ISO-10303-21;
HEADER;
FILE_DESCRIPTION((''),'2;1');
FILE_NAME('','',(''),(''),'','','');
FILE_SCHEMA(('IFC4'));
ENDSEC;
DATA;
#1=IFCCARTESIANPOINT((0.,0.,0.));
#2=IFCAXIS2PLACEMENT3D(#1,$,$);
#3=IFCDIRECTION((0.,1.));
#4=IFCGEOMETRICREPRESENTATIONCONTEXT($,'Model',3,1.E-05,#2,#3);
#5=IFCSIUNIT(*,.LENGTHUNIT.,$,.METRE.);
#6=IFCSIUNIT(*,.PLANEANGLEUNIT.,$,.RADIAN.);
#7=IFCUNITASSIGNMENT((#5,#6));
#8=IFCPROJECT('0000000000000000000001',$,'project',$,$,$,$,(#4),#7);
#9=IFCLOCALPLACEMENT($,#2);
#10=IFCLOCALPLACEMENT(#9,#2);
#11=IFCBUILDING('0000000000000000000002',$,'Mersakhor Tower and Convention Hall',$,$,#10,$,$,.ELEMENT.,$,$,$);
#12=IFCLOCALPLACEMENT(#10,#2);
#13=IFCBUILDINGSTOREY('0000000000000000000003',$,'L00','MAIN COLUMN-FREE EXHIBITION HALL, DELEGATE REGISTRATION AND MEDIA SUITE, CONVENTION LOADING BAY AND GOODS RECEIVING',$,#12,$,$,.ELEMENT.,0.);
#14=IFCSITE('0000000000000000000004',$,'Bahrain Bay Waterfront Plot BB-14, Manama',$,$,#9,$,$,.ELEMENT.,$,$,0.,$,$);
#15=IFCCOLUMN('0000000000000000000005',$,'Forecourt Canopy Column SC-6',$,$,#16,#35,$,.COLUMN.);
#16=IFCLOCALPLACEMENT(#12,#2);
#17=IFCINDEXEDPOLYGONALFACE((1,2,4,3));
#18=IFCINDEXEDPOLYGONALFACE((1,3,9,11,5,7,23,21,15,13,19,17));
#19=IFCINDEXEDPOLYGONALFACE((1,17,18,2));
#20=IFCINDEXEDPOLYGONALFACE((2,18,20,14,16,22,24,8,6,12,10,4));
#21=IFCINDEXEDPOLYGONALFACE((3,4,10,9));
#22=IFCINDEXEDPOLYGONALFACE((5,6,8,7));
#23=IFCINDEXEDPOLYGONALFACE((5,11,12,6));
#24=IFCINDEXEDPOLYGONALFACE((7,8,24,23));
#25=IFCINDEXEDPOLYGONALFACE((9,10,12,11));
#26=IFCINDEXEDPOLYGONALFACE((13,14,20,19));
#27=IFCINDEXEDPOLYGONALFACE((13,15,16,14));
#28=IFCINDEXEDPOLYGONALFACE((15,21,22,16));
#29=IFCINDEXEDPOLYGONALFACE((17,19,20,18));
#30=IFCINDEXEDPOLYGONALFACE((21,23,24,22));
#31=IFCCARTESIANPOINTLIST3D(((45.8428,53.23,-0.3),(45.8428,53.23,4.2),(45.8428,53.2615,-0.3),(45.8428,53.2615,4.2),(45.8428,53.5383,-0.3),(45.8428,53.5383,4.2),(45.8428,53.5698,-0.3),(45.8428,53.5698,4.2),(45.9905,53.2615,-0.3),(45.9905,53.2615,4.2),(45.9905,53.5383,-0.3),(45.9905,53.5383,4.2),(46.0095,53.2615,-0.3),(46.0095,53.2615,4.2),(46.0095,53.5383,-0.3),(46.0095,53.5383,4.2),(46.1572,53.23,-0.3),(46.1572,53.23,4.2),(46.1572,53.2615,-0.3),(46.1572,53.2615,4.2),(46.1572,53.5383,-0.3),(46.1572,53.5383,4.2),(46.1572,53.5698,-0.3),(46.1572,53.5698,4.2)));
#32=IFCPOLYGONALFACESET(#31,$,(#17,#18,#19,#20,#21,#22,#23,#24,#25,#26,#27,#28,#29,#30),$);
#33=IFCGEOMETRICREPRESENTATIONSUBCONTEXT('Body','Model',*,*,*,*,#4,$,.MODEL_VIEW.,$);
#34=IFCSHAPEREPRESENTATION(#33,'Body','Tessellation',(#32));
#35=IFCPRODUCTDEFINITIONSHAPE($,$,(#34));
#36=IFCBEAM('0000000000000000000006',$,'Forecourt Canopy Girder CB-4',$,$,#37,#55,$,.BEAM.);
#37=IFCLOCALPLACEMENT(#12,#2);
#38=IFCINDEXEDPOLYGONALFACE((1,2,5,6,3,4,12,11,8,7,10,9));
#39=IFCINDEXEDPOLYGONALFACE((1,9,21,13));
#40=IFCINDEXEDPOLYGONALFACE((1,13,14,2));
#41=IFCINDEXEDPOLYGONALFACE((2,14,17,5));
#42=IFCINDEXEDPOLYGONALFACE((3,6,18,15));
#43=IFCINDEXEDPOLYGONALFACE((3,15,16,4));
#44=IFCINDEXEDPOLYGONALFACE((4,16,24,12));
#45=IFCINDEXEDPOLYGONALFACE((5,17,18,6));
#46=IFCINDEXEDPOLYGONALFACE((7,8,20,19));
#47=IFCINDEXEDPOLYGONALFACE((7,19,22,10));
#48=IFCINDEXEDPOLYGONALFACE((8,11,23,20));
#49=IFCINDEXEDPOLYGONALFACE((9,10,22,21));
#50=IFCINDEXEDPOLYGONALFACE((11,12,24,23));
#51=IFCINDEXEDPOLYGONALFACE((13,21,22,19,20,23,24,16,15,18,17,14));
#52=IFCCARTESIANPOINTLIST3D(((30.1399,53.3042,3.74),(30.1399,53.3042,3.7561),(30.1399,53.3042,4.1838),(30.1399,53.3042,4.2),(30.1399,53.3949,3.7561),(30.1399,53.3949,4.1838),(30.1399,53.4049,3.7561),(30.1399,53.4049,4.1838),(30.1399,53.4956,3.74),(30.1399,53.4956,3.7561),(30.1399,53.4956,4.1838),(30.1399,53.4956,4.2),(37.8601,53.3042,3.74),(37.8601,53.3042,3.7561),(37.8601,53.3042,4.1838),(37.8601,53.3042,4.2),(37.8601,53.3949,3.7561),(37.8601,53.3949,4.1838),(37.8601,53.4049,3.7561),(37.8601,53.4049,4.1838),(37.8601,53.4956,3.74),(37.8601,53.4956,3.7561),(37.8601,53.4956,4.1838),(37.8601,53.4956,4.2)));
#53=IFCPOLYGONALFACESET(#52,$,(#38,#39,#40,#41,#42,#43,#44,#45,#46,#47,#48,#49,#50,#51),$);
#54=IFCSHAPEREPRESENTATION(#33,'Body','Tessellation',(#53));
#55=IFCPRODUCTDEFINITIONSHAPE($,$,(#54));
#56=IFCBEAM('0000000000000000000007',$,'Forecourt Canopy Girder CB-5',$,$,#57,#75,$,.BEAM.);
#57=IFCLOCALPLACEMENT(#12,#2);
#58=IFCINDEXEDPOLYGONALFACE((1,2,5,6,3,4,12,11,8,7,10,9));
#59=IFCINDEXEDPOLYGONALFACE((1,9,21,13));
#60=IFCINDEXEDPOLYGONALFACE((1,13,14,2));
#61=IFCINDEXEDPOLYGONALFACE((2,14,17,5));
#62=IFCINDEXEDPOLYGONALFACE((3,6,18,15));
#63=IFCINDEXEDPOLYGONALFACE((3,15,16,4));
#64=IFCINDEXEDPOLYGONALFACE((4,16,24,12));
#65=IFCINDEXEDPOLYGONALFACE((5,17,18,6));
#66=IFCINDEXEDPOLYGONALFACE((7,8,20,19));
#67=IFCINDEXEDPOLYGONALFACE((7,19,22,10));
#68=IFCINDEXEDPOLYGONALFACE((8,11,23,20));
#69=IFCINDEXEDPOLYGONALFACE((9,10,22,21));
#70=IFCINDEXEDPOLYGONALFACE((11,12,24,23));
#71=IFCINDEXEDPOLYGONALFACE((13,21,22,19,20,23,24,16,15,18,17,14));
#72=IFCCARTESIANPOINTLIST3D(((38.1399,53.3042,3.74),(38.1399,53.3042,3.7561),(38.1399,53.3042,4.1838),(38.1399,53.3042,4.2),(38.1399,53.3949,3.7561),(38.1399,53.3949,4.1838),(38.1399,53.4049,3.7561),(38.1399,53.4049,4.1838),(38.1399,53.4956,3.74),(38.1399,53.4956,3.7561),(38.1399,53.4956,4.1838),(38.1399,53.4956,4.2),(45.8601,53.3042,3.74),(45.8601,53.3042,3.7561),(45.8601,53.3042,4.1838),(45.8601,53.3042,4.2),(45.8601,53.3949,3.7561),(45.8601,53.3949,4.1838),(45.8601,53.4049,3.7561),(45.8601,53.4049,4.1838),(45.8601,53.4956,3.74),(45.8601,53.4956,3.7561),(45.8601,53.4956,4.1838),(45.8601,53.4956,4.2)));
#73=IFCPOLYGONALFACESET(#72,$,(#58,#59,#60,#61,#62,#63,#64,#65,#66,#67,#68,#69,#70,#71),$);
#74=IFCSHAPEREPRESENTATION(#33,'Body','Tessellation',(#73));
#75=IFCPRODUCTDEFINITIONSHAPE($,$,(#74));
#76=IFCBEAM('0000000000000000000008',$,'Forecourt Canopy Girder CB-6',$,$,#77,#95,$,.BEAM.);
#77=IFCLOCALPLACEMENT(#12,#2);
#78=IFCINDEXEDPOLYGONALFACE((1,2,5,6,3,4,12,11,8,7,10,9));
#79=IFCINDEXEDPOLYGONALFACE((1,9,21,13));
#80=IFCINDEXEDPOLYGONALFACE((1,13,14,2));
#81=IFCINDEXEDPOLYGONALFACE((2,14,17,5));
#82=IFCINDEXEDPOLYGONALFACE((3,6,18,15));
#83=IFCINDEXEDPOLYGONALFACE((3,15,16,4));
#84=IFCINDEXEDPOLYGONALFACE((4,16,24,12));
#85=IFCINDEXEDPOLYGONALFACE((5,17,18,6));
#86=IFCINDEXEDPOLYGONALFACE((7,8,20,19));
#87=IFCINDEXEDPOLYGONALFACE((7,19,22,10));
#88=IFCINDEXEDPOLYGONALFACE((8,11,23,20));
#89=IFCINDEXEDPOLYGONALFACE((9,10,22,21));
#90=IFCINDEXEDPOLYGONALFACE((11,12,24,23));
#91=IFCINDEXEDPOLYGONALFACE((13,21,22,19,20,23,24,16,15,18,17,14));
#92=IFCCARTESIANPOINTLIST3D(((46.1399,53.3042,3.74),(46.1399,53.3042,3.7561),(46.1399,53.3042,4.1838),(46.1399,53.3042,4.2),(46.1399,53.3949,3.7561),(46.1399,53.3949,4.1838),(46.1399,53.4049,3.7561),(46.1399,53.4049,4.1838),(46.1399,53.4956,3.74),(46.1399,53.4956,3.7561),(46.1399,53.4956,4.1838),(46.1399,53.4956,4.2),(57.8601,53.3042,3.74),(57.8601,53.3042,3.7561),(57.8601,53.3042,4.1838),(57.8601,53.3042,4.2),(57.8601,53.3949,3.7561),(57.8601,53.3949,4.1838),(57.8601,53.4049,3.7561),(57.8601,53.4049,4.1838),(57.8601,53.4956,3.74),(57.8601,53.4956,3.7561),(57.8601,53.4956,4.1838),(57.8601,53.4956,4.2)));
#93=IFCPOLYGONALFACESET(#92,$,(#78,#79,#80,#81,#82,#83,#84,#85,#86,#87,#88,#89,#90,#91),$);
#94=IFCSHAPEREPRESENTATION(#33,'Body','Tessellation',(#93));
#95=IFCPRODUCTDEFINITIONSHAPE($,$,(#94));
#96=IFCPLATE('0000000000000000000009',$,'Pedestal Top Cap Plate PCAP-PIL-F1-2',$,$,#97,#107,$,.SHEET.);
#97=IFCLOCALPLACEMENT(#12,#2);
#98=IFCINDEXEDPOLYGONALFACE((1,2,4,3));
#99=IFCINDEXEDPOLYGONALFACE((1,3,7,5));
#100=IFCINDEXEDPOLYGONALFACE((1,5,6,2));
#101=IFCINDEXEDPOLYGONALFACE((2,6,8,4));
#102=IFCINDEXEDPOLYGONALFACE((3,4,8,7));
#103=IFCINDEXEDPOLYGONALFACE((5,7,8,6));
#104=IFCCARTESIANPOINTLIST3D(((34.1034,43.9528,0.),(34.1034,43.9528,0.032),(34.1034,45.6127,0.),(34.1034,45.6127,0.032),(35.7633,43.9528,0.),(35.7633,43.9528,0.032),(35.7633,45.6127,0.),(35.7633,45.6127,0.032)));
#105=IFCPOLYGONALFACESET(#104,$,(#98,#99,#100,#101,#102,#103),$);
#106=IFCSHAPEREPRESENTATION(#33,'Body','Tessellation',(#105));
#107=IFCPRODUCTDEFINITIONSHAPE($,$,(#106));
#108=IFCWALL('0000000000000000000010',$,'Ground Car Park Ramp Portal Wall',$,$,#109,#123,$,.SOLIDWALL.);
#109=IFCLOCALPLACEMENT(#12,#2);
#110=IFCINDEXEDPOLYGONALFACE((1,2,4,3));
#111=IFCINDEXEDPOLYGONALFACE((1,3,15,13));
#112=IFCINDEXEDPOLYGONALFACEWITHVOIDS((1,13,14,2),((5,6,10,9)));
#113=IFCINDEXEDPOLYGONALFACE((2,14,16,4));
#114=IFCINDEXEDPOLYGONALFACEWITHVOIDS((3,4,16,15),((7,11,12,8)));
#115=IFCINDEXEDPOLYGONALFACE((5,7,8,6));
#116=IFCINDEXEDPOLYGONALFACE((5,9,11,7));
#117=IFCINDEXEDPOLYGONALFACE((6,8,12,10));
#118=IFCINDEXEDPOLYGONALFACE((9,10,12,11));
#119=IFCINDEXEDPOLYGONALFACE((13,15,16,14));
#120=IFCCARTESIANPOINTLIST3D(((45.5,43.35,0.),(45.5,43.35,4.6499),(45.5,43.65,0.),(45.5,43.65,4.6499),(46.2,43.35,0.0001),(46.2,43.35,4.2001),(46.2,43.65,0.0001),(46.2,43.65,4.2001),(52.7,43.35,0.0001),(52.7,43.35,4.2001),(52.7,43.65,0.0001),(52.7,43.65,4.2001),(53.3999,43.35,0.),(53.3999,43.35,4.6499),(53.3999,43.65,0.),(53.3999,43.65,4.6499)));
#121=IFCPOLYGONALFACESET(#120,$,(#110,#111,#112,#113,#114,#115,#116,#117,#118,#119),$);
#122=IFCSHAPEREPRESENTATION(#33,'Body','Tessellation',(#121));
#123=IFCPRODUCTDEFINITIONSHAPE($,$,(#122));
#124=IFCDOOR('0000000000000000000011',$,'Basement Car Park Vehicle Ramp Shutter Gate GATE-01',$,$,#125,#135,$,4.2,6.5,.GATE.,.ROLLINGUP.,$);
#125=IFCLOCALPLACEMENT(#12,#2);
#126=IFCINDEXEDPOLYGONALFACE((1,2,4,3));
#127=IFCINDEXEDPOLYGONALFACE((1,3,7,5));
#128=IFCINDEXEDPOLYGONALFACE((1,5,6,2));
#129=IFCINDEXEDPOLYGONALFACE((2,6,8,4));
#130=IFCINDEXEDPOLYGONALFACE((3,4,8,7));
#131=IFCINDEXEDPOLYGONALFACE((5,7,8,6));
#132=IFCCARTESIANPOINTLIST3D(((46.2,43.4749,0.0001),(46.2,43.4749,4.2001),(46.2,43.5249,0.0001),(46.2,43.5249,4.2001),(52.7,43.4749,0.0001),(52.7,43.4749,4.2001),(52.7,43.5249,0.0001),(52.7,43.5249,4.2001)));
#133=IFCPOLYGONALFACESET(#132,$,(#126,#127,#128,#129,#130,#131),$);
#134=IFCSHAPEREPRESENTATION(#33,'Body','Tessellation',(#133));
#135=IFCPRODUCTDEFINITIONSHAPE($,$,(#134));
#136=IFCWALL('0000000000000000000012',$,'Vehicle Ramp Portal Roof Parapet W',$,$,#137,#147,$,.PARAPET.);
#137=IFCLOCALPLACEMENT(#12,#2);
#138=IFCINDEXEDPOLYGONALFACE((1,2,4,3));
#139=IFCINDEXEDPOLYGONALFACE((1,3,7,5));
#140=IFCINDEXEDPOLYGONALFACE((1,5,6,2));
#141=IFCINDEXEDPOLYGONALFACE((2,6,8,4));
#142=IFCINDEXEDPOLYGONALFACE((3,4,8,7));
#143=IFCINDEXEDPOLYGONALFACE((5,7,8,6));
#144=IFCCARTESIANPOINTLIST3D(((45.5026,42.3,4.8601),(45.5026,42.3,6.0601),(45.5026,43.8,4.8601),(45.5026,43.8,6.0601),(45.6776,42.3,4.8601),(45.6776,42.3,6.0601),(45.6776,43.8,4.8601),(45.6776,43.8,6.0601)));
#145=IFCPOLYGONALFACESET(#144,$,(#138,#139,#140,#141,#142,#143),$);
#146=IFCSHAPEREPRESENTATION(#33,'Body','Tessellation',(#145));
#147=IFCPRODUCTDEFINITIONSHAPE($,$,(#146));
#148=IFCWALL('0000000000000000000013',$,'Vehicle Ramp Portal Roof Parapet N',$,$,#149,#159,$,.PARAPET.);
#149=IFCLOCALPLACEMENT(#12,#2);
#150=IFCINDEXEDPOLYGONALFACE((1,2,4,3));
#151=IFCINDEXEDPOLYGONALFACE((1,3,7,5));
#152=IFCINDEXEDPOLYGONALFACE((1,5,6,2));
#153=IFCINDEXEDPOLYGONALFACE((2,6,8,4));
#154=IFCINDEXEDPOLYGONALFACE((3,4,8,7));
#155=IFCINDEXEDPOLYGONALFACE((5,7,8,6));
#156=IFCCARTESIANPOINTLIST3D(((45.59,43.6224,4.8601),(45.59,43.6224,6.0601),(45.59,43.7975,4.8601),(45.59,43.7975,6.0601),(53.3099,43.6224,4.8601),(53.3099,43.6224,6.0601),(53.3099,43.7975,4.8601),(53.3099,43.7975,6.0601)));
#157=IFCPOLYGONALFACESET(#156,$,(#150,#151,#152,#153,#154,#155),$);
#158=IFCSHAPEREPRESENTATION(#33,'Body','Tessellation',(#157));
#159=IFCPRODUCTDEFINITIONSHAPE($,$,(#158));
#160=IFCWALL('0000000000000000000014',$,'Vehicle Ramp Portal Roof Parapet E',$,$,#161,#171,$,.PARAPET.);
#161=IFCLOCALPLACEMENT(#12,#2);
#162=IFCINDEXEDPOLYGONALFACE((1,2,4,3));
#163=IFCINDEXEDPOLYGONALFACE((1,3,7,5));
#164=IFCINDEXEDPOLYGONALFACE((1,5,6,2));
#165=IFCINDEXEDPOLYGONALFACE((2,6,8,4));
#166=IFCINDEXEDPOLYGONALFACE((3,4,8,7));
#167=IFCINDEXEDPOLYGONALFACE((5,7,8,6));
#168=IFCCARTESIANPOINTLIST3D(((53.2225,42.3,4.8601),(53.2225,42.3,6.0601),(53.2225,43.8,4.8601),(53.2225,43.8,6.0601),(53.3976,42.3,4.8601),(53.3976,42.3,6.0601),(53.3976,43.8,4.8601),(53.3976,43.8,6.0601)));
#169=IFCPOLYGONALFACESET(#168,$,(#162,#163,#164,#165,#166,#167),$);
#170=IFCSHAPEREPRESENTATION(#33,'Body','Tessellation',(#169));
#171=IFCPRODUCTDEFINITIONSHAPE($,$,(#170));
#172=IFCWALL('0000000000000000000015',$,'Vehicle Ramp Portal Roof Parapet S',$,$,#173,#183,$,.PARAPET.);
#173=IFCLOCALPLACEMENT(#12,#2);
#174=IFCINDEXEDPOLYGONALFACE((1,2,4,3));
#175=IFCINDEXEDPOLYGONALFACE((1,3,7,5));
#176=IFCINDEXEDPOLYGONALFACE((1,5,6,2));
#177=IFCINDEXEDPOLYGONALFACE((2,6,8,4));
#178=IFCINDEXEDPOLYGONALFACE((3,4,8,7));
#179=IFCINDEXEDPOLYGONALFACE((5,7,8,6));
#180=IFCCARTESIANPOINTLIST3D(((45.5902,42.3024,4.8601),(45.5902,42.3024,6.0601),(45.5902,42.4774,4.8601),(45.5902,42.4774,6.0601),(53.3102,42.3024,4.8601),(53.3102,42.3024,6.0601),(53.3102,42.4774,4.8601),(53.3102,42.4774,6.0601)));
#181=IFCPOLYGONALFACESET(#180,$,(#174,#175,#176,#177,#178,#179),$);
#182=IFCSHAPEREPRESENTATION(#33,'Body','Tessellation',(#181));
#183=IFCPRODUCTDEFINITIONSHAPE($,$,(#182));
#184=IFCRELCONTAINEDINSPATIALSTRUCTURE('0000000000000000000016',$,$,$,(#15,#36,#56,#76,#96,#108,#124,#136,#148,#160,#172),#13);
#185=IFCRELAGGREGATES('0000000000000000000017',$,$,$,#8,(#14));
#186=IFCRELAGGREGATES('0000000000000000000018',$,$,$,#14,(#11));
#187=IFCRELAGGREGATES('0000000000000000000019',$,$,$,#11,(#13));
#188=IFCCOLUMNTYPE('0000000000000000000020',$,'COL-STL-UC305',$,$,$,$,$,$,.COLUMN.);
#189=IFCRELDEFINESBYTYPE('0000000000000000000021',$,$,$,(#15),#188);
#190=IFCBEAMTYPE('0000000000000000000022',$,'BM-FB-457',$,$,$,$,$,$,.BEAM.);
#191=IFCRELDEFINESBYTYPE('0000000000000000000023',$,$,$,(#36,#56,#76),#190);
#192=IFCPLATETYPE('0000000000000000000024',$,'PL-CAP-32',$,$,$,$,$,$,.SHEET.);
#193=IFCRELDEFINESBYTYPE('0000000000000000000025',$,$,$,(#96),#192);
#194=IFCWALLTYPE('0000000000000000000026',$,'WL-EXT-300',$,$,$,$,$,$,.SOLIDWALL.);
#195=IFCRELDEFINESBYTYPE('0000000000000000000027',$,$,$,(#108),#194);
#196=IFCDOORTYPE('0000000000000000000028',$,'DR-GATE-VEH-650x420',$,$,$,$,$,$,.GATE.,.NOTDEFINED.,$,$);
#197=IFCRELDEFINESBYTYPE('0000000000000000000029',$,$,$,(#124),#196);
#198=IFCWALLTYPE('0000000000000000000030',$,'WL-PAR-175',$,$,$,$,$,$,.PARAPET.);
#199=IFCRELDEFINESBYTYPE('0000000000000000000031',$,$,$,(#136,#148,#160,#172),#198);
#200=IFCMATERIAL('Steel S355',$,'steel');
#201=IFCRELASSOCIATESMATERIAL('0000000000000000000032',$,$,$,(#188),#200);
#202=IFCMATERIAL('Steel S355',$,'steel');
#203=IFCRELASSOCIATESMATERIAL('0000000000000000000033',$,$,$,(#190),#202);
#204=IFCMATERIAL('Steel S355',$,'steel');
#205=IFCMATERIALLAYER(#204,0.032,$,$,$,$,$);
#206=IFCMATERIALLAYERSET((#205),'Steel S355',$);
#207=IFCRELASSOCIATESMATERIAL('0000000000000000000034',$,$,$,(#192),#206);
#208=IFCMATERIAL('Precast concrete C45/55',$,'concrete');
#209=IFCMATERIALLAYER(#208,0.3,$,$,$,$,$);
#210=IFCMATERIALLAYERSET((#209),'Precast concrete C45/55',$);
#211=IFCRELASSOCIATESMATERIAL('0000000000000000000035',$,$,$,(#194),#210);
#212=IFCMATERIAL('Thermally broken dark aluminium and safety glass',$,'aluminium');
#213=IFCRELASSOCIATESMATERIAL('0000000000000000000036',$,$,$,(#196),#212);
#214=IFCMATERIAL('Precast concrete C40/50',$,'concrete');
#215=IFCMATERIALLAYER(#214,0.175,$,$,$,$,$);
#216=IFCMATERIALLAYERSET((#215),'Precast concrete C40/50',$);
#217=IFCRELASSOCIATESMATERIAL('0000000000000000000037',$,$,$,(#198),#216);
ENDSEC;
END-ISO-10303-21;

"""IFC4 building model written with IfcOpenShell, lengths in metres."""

from ifc_helpers import new_model, si_unit, direction, frame, frame_2d, origin, origin_2d, place, context, subcontext, project, spatial, rectangle, i_section, extrude, material, layer, layer_set, material_profile, profile_set, type_object, element, fill, save


model = new_model("IFC4")

# Units and contexts
model_context = context("Model", 3, precision=1e-05, world=origin(), true_north=direction((0.0, 1.0)))
body_context = subcontext(model_context, "Body", "Model", "MODEL_VIEW")
ifc_project = project(units=[si_unit("LENGTHUNIT", "METRE"), si_unit("PLANEANGLEUNIT", "RADIAN")], contexts=[model_context])

# Site, building, storey
site_placement = place(None, origin())
site = spatial("IfcSite", under=ifc_project, at=site_placement, Name="Bahrain Bay Waterfront Plot BB-14, Manama", CompositionType="ELEMENT", RefElevation=0.0)
building_placement = place(site_placement, origin())
building = spatial("IfcBuilding", under=site, at=building_placement, Name="Mersakhor Tower and Convention Hall", CompositionType="ELEMENT")
storey_placement = place(building_placement, origin())
storey = spatial("IfcBuildingStorey", under=building, at=storey_placement, Name="L00", Description="MAIN COLUMN-FREE EXHIBITION HALL, DELEGATE REGISTRATION AND MEDIA SUITE, CONVENTION LOADING BAY AND GOODS RECEIVING", CompositionType="ELEMENT", Elevation=0.0)

# Column
ifc_material_1 = material(Name="Steel S355", Category="steel")
ifc_material_profile_1 = material_profile(ifc_material_1, i_section(OverallWidth=0.3145, OverallDepth=0.3398, WebThickness=0.019, FlangeThickness=0.0315, at=origin_2d()), Name="UC 305x305x198")
ifc_profile_set_1 = profile_set([ifc_material_profile_1], Name="Steel S355")
column_type_1 = type_object("IfcColumnType", Name="COL-STL-UC305", PredefinedType="COLUMN", material=ifc_profile_set_1)
for number, where, z_axis, x_axis, name in (
    (1, (46.0, 53.3999, -0.3), (0.0, 0.0, 1.0), (1.0, 0.0, 0.0), "Forecourt Canopy Column SC-6"),
):
    element("IfcColumn", number, at=place(storey_placement, frame(where, z_axis=z_axis, x_axis=x_axis)), inside=storey, type_object=column_type_1, Name=name, PredefinedType="COLUMN", context=body_context, shape_type="SweptSolid", body=[
        extrude(i_section(OverallWidth=0.3145, OverallDepth=0.3398, WebThickness=0.019, FlangeThickness=0.0315, at=origin_2d()), origin(), (0.0, 0.0, 1.0), 4.5),
    ])

# Beams
ifc_material_2 = material(Name="Steel S355", Category="steel")
ifc_material_profile_2 = material_profile(ifc_material_2, i_section(OverallWidth=0.1914, OverallDepth=0.46, WebThickness=0.01, FlangeThickness=0.0161, at=origin_2d()), Name="UB 457x191x82")
ifc_profile_set_2 = profile_set([ifc_material_profile_2], Name="Steel S355")
beam_type = type_object("IfcBeamType", Name="BM-FB-457", PredefinedType="BEAM", material=ifc_profile_set_2)
for number, where, z_axis, x_axis, name in (
    (2, (30.1399, 53.3999, 3.97), (1.0, 0.0, 0.0), (0.0, 1.0, 0.0), "Forecourt Canopy Girder CB-4"),
    (3, (38.1399, 53.3999, 3.97), (1.0, 0.0, 0.0), (0.0, 1.0, 0.0), "Forecourt Canopy Girder CB-5"),
):
    element("IfcBeam", number, at=place(storey_placement, frame(where, z_axis=z_axis, x_axis=x_axis)), inside=storey, type_object=beam_type, Name=name, PredefinedType="BEAM", context=body_context, shape_type="SweptSolid", body=[
        extrude(i_section(OverallWidth=0.1914, OverallDepth=0.46, WebThickness=0.01, FlangeThickness=0.0161, at=origin_2d()), origin(), (0.0, 0.0, 1.0), 7.7202),
    ])
beam_placement = place(storey_placement, frame((46.1399, 53.3999, 3.97), z_axis=(1.0, 0.0, 0.0), x_axis=(0.0, 1.0, 0.0)))
element("IfcBeam", 4, at=beam_placement, inside=storey, type_object=beam_type, Name="Forecourt Canopy Girder CB-6", PredefinedType="BEAM", context=body_context, shape_type="SweptSolid", body=[
    extrude(i_section(OverallWidth=0.1914, OverallDepth=0.46, WebThickness=0.01, FlangeThickness=0.0161, at=origin_2d()), origin(), (0.0, 0.0, 1.0), 11.7202),
])

# Plate
ifc_material_3 = material(Name="Steel S355", Category="steel")
ifc_layer_1 = layer(ifc_material_3, 0.032)
ifc_layer_set_1 = layer_set([ifc_layer_1], Name="Steel S355")
plate_type = type_object("IfcPlateType", Name="PL-CAP-32", PredefinedType="SHEET", material=ifc_layer_set_1)
plate_placement = place(storey_placement, frame((34.9333, 44.7827, 0.0), z_axis=(0.0, 0.0, 1.0), x_axis=(1.0, 0.0, 0.0)))
element("IfcPlate", 5, at=plate_placement, inside=storey, type_object=plate_type, Name="Pedestal Top Cap Plate PCAP-PIL-F1-2", PredefinedType="SHEET", context=body_context, shape_type="SweptSolid", body=[
    extrude(rectangle(XDim=1.6599, YDim=1.6599, at=origin_2d()), origin(), (0.0, 0.0, 1.0), 0.032),
])

# Wall, opening, door
ifc_material_4 = material(Name="Precast concrete C45/55", Category="concrete")
ifc_layer_2 = layer(ifc_material_4, 0.3)
ifc_layer_set_2 = layer_set([ifc_layer_2], Name="Precast concrete C45/55")
wall_type_1 = type_object("IfcWallType", Name="WL-EXT-300", PredefinedType="SOLIDWALL", material=ifc_layer_set_2)
wall_1_placement = place(storey_placement, frame((45.5, 43.5, 0.0), z_axis=(0.0, 0.0, 1.0), x_axis=(1.0, 0.0, 0.0)))
wall_1 = element("IfcWall", 6, at=wall_1_placement, inside=storey, type_object=wall_type_1, Name="Ground Car Park Ramp Portal Wall", PredefinedType="SOLIDWALL", context=body_context, shape_type="SweptSolid", body=[
    extrude(rectangle(XDim=7.8999, YDim=0.3, at=frame_2d((3.95, 0.0))), origin(), (0.0, 0.0, 1.0), 4.6499),
])
opening_placement = place(wall_1_placement, frame((0.7, 0.0, 0.0)))
opening = element("IfcOpeningElement", 7, at=opening_placement, cuts=wall_1, PredefinedType="OPENING", context=body_context, shape_type="SweptSolid", body=[
    extrude(rectangle(XDim=6.5, YDim=4.2, at=frame_2d((3.25, 2.1001))), frame((0.0, 0.1599, 0.0), z_axis=(0.0, -1.0, 0.0), x_axis=(1.0, 0.0, 0.0)), (0.0, 0.0, 1.0), 0.3201),
])
ifc_material_5 = material(Name="Thermally broken dark aluminium and safety glass", Category="aluminium")
door_type = type_object("IfcDoorType", Name="DR-GATE-VEH-650x420", OperationType="NOTDEFINED", PredefinedType="GATE", material=ifc_material_5)
door_placement = place(opening_placement, origin())
door = element("IfcDoor", 8, at=door_placement, inside=storey, type_object=door_type, Name="Basement Car Park Vehicle Ramp Shutter Gate GATE-01", OperationType="ROLLINGUP", OverallHeight=4.2, OverallWidth=6.5, PredefinedType="GATE", context=body_context, shape_type="SweptSolid", body=[
    extrude(rectangle(XDim=6.5, YDim=4.2, at=frame_2d((3.25, 2.1001))), frame((0.0, 0.0249, 0.0), z_axis=(0.0, -1.0, 0.0), x_axis=(1.0, 0.0, 0.0)), (0.0, 0.0, 1.0), 0.05),
])
fill(opening, door)

# Walls
ifc_material_6 = material(Name="Precast concrete C40/50", Category="concrete")
ifc_layer_3 = layer(ifc_material_6, 0.175)
ifc_layer_set_3 = layer_set([ifc_layer_3], Name="Precast concrete C40/50")
wall_type_2 = type_object("IfcWallType", Name="WL-PAR-175", PredefinedType="PARAPET", material=ifc_layer_set_3)
wall_2_placement = place(storey_placement, frame((45.5901, 42.3, 4.8601), z_axis=(0.0, 0.0, 1.0), x_axis=(0.0, 1.0, 0.0)))
element("IfcWall", 9, at=wall_2_placement, inside=storey, type_object=wall_type_2, Name="Vehicle Ramp Portal Roof Parapet W", PredefinedType="PARAPET", context=body_context, shape_type="SweptSolid", body=[
    extrude(rectangle(XDim=1.5, YDim=0.175, at=frame_2d((0.75, 0.0))), origin(), (0.0, 0.0, 1.0), 1.2),
])
wall_3_placement = place(storey_placement, frame((45.5901, 43.71, 4.8601), z_axis=(0.0, 0.0, 1.0), x_axis=(1.0, 0.0, 0.0)))
element("IfcWall", 10, at=wall_3_placement, inside=storey, type_object=wall_type_2, Name="Vehicle Ramp Portal Roof Parapet N", PredefinedType="PARAPET", context=body_context, shape_type="SweptSolid", body=[
    extrude(rectangle(XDim=7.72, YDim=0.175, at=frame_2d((3.8599, 0.0))), origin(), (0.0, 0.0, 1.0), 1.2),
])
wall_4_placement = place(storey_placement, frame((53.3101, 43.8, 4.8601), z_axis=(0.0, 0.0, 1.0), x_axis=(0.0, -1.0, 0.0)))
element("IfcWall", 11, at=wall_4_placement, inside=storey, type_object=wall_type_2, Name="Vehicle Ramp Portal Roof Parapet E", PredefinedType="PARAPET", context=body_context, shape_type="SweptSolid", body=[
    extrude(rectangle(XDim=1.5, YDim=0.175, at=frame_2d((0.75, 0.0))), origin(), (0.0, 0.0, 1.0), 1.2),
])
wall_5_placement = place(storey_placement, frame((53.3101, 42.3899, 4.8601), z_axis=(0.0, 0.0, 1.0), x_axis=(-1.0, 0.0, 0.0)))
element("IfcWall", 12, at=wall_5_placement, inside=storey, type_object=wall_type_2, Name="Vehicle Ramp Portal Roof Parapet S", PredefinedType="PARAPET", context=body_context, shape_type="SweptSolid", body=[
    extrude(rectangle(XDim=7.72, YDim=0.175, at=frame_2d((3.8599, 0.0))), origin(), (0.0, 0.0, 1.0), 1.2),
])

save(model, "model.ifc")
